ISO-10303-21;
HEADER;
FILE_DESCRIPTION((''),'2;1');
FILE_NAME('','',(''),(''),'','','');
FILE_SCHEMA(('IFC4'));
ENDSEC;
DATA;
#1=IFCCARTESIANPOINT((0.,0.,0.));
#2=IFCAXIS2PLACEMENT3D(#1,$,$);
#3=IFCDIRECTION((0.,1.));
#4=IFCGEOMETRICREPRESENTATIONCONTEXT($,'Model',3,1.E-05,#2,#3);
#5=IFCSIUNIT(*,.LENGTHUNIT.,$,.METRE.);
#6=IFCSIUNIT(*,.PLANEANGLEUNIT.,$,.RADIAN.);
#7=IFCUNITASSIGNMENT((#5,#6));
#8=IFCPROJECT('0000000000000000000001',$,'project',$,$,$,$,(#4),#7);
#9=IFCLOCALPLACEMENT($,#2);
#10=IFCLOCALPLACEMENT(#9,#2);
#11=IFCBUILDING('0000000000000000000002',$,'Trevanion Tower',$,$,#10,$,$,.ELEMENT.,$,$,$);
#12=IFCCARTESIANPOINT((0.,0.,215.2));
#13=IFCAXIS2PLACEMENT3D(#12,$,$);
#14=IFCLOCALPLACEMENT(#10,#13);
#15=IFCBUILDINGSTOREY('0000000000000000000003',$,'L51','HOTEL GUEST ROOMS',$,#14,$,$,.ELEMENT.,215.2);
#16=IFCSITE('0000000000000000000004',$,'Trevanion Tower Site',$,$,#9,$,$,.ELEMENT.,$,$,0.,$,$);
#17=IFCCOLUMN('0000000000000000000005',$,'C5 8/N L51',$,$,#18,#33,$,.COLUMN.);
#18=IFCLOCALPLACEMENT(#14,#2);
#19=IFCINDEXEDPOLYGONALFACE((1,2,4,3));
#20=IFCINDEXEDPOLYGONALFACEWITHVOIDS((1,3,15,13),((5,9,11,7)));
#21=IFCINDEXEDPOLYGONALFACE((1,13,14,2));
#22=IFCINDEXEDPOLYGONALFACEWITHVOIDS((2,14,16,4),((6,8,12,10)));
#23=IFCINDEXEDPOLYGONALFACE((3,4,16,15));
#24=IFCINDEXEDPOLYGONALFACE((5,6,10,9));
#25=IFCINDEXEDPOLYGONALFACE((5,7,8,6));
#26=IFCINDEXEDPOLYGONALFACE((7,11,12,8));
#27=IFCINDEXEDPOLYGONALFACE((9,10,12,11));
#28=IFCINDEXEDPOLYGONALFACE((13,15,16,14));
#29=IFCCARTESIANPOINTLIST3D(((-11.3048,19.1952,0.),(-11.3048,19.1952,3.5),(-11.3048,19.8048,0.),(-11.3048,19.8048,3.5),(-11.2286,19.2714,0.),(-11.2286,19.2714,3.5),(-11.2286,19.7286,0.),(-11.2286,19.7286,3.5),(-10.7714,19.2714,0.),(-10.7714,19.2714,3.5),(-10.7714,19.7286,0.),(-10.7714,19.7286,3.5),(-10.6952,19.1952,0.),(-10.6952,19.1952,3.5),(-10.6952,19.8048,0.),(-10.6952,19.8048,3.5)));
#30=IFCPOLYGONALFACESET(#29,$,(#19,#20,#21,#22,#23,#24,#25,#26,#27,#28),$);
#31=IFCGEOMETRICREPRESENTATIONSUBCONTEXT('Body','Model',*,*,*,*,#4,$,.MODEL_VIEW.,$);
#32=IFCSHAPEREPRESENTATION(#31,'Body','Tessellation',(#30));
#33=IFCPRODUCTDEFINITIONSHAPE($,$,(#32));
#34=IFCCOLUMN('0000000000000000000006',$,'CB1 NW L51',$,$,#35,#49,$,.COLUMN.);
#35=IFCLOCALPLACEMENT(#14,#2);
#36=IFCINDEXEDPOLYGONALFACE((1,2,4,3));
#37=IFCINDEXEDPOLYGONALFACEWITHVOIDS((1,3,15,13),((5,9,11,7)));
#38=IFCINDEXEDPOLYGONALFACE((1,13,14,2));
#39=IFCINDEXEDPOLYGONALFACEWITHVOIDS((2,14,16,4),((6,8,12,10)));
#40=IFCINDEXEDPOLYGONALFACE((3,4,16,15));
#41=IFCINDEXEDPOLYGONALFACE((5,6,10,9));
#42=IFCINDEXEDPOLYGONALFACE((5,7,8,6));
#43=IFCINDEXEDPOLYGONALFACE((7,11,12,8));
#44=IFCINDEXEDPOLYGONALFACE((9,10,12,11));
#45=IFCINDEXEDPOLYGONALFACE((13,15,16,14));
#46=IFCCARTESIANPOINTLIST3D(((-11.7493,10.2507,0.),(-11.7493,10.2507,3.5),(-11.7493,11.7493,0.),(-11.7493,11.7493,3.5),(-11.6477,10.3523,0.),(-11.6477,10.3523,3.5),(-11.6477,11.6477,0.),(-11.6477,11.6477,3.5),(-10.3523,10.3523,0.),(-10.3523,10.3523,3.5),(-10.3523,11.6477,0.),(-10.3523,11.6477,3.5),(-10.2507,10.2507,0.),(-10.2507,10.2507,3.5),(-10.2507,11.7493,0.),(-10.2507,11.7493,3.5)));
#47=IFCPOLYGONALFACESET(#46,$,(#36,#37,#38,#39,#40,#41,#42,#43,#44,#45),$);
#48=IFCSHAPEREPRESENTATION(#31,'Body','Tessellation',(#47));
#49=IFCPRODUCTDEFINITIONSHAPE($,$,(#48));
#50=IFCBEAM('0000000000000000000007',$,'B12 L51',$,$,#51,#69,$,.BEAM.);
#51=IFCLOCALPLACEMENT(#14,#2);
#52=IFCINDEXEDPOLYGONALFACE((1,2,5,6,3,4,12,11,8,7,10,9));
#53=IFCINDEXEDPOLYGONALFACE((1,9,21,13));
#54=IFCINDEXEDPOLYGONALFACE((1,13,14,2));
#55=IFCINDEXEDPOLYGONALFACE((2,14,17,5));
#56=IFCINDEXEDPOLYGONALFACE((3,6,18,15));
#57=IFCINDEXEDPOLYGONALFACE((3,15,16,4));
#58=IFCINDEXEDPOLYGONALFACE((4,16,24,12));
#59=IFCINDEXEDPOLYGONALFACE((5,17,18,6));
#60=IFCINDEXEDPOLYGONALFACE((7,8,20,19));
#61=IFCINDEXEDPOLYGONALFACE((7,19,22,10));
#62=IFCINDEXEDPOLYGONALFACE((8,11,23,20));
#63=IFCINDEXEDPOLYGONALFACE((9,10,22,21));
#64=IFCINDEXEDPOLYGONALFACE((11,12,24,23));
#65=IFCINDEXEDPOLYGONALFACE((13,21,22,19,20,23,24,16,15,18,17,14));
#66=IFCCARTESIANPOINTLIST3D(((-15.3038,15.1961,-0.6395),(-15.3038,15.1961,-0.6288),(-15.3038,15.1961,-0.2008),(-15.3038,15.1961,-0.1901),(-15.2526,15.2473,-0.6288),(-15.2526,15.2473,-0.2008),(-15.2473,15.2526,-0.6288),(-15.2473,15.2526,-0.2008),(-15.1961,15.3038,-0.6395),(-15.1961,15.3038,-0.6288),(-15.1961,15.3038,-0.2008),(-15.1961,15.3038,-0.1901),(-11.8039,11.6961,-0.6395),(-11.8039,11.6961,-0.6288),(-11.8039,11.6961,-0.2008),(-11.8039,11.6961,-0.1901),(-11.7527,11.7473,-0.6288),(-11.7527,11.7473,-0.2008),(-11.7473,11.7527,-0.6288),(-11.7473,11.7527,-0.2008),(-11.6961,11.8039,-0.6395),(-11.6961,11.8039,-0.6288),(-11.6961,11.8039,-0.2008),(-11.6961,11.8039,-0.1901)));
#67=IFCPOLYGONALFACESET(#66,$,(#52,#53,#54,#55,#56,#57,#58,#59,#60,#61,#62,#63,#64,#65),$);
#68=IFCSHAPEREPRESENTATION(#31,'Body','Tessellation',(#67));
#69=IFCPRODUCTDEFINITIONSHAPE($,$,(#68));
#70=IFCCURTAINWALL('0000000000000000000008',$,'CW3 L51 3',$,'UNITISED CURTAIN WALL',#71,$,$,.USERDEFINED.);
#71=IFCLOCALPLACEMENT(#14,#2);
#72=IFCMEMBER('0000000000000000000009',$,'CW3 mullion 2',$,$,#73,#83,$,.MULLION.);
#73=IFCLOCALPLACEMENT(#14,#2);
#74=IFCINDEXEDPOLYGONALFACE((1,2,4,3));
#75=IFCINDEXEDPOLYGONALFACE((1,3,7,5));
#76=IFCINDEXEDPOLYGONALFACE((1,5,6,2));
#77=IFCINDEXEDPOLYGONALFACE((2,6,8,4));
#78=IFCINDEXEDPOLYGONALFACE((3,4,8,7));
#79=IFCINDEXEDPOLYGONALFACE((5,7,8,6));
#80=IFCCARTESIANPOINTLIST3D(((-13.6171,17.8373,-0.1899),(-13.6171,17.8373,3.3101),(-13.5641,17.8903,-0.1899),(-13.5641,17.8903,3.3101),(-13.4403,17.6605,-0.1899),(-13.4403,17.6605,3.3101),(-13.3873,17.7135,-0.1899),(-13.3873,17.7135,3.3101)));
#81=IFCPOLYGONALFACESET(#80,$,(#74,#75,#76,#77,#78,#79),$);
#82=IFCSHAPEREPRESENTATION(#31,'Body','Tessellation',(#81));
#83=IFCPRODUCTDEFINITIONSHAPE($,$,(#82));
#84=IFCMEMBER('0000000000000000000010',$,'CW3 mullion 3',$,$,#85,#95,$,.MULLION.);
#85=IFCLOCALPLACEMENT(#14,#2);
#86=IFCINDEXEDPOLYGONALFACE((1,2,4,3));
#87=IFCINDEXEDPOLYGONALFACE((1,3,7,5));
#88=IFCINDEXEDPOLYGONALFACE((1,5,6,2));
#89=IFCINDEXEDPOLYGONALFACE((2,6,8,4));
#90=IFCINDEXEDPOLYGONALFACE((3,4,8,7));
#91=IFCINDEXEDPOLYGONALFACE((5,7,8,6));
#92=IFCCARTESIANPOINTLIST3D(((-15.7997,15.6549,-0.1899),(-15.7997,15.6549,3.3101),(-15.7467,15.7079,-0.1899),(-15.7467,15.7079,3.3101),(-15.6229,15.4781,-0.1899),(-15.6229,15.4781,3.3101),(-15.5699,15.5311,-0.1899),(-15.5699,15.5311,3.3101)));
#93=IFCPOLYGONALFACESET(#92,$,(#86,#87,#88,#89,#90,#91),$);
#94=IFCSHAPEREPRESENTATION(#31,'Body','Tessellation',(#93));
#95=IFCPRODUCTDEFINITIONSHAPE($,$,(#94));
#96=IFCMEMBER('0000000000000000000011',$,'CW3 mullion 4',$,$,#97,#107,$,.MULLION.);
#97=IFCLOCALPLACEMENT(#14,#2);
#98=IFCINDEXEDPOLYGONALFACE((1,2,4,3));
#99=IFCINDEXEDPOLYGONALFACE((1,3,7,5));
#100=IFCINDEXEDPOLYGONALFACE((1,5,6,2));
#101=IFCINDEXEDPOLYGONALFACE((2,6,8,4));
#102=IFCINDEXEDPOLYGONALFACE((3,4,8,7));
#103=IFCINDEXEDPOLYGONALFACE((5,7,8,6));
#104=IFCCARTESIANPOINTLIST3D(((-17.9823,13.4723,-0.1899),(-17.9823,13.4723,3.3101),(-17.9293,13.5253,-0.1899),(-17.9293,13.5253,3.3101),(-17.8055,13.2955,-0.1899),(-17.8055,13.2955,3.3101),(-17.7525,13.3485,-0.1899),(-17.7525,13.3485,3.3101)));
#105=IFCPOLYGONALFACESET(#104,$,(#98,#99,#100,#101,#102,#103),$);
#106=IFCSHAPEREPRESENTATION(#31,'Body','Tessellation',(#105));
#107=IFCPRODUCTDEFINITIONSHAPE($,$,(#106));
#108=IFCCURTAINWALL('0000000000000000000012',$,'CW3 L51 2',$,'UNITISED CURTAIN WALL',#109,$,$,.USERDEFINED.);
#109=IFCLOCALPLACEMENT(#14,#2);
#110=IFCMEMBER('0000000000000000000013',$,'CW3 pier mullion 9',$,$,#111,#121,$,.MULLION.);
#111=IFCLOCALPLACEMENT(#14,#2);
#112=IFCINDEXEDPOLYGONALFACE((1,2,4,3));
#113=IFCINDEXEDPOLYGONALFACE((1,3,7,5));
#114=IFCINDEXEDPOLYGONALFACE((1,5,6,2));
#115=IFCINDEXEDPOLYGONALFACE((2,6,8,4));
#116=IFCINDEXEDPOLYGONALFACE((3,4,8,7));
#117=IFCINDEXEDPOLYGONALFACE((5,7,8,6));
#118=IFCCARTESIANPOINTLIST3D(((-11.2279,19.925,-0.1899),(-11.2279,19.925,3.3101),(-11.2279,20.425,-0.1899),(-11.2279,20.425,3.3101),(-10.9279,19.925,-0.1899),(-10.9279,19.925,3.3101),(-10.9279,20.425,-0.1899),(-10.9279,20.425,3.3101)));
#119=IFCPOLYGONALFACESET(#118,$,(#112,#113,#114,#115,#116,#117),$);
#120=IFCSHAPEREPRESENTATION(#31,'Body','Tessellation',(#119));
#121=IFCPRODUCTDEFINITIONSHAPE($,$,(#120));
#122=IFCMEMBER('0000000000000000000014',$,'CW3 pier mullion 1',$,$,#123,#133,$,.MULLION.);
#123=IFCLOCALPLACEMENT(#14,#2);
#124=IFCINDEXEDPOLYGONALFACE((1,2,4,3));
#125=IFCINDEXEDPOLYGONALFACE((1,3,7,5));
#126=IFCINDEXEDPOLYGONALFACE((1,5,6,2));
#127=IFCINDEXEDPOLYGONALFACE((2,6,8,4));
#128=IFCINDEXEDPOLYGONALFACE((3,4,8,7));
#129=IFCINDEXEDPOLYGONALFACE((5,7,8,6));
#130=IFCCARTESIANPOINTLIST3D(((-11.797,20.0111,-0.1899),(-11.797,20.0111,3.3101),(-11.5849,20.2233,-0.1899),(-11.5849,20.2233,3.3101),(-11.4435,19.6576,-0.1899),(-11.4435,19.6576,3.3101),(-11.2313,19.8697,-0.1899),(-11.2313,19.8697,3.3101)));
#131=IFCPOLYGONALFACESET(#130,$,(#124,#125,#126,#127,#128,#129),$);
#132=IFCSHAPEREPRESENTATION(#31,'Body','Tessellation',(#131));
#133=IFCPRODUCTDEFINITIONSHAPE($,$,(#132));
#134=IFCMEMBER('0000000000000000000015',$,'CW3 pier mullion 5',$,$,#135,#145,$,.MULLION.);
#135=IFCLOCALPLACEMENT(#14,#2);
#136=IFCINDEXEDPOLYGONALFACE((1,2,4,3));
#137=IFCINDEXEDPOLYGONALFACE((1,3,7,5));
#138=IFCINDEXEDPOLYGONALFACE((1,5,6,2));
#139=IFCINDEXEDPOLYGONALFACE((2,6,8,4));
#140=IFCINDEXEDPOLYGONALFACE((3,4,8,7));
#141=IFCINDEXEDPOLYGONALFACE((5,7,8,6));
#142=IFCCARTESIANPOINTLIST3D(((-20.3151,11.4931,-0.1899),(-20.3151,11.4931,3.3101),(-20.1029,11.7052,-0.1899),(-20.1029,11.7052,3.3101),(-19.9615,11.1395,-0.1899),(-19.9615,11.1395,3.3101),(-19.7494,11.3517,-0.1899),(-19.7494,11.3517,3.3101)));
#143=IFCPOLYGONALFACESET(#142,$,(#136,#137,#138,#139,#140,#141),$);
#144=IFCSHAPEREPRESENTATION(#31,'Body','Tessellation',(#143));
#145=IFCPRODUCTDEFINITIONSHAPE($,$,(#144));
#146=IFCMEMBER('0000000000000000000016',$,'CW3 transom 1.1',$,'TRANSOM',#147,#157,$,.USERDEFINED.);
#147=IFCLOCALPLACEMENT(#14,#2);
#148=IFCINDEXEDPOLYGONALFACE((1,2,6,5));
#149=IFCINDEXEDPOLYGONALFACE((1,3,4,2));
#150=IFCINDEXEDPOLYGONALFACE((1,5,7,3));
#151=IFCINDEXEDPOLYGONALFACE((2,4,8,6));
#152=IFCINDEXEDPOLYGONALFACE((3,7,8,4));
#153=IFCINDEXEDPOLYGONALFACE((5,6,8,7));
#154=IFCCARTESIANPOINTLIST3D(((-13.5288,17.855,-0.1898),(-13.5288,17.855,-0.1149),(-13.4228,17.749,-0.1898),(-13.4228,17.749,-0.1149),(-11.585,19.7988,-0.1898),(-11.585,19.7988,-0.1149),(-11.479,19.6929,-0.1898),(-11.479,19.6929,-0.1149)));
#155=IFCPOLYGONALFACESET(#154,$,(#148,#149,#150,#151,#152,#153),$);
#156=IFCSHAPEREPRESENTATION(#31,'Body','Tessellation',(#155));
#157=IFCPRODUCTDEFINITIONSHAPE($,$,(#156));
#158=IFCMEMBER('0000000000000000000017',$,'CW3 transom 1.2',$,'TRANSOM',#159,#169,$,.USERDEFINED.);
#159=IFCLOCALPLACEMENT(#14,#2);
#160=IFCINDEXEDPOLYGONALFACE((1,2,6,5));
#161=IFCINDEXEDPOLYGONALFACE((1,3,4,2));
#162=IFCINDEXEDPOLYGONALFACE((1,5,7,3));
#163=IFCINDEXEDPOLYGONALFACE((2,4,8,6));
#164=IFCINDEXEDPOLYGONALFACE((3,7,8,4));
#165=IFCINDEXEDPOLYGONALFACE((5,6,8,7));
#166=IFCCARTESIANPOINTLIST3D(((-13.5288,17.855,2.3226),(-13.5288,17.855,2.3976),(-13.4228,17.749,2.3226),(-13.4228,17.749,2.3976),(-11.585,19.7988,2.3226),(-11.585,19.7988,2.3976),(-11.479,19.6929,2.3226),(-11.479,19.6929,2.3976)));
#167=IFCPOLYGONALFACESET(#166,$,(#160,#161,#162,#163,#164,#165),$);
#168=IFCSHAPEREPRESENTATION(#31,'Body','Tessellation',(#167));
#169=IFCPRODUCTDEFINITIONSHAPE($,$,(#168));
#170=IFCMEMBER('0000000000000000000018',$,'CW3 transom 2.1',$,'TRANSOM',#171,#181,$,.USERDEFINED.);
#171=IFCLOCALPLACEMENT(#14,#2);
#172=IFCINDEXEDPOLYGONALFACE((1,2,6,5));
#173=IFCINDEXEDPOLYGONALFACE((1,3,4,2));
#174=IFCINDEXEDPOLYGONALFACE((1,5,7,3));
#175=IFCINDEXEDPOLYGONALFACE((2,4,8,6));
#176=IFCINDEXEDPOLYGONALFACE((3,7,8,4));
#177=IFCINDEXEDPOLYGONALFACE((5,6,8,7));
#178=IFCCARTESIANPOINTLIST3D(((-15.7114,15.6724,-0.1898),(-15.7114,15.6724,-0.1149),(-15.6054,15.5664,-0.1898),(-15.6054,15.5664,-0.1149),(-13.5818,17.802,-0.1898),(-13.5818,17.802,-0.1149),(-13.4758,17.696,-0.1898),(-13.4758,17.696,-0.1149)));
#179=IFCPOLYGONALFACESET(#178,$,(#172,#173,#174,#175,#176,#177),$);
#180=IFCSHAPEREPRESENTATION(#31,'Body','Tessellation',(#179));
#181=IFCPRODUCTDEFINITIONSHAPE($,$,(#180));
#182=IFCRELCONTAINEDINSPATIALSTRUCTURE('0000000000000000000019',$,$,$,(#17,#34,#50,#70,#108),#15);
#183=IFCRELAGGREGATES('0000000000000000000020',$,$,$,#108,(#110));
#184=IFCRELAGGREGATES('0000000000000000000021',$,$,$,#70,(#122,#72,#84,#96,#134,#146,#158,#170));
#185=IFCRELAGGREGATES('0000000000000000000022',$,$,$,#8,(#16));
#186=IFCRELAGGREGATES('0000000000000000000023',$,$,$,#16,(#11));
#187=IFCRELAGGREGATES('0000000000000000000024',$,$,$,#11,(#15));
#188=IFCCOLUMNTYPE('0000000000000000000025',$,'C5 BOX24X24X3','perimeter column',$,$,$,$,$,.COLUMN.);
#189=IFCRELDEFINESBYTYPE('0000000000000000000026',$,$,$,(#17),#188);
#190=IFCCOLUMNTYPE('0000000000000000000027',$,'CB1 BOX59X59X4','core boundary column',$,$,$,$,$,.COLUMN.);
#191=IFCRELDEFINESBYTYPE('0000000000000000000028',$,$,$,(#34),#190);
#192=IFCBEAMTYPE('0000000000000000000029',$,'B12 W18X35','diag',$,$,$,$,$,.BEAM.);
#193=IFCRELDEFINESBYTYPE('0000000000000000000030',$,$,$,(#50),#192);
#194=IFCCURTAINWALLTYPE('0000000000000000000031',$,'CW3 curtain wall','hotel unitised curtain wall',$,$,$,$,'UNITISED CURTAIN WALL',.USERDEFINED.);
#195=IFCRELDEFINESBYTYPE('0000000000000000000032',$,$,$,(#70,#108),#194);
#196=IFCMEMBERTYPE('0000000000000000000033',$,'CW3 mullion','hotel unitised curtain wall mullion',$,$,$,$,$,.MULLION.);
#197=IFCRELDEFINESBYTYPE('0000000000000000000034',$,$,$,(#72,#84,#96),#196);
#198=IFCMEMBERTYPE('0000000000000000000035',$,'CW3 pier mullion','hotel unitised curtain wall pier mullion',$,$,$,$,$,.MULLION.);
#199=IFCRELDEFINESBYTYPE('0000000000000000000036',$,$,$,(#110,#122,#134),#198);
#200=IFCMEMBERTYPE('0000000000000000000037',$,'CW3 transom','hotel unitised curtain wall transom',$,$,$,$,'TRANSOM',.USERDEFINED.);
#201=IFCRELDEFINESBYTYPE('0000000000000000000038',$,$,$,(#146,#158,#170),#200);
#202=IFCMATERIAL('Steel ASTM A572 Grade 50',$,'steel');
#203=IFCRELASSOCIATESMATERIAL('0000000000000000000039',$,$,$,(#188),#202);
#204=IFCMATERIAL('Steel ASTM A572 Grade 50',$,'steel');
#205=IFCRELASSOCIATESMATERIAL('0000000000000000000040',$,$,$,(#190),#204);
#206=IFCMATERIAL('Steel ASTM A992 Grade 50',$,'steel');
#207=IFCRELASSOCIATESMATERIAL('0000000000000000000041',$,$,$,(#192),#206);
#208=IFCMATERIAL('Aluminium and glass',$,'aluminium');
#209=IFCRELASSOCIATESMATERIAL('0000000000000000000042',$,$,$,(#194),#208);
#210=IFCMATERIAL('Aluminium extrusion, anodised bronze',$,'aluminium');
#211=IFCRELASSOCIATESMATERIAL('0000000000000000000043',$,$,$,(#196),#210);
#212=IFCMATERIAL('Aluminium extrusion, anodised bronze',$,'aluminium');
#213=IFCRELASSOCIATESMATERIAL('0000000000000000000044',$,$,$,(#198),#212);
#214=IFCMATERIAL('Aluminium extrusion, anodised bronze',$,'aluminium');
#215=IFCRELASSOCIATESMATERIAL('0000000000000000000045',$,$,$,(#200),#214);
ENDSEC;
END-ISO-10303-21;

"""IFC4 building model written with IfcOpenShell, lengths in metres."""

from ifc_helpers import new_model, si_unit, direction, frame, origin, origin_2d, place, context, subcontext, project, spatial, rectangle, hollow_rectangle, i_section, extrude, material, material_profile, profile_set, type_object, element, aggregate, save


model = new_model("IFC4")

# Units and contexts
model_context = context("Model", 3, precision=1e-05, world=origin(), true_north=direction((0.0, 1.0)))
body_context = subcontext(model_context, "Body", "Model", "MODEL_VIEW")
ifc_project = project(units=[si_unit("LENGTHUNIT", "METRE"), si_unit("PLANEANGLEUNIT", "RADIAN")], contexts=[model_context])

# Site, building, storey
site_placement = place(None, origin())
site = spatial("IfcSite", under=ifc_project, at=site_placement, Name="Trevanion Tower Site", CompositionType="ELEMENT", RefElevation=0.0)
building_placement = place(site_placement, origin())
building = spatial("IfcBuilding", under=site, at=building_placement, Name="Trevanion Tower", CompositionType="ELEMENT")
storey_placement = place(building_placement, frame((0.0, 0.0, 215.2)))
storey = spatial("IfcBuildingStorey", under=building, at=storey_placement, Name="L51", Description="HOTEL GUEST ROOMS", CompositionType="ELEMENT", Elevation=215.2)

# Columns
ifc_material_1 = material(Name="Steel ASTM A572 Grade 50", Category="steel")
ifc_material_profile_1 = material_profile(ifc_material_1, hollow_rectangle(XDim=0.6096, YDim=0.6096, WallThickness=0.0762, at=origin_2d()), Name="BOX24X24X3")
ifc_profile_set_1 = profile_set([ifc_material_profile_1], Name="Steel ASTM A572 Grade 50")
column_type_1 = type_object("IfcColumnType", Name="C5 BOX24X24X3", Description="perimeter column", PredefinedType="COLUMN", material=ifc_profile_set_1)
column_1_placement = place(storey_placement, frame((-11.0, 19.5, 0.0), z_axis=(0.0, 0.0, 1.0), x_axis=(1.0, 0.0, 0.0)))
element("IfcColumn", 1, at=column_1_placement, inside=storey, type_object=column_type_1, Name="C5 8/N L51", PredefinedType="COLUMN", context=body_context, shape_type="SweptSolid", body=[
    extrude(hollow_rectangle(XDim=0.6096, YDim=0.6096, WallThickness=0.0762, at=origin_2d()), origin(), (0.0, 0.0, 1.0), 3.5),
])
ifc_material_2 = material(Name="Steel ASTM A572 Grade 50", Category="steel")
ifc_material_profile_2 = material_profile(ifc_material_2, hollow_rectangle(XDim=1.4985, YDim=1.4985, WallThickness=0.1016, at=origin_2d()), Name="BOX59X59X4")
ifc_profile_set_2 = profile_set([ifc_material_profile_2], Name="Steel ASTM A572 Grade 50")
column_type_2 = type_object("IfcColumnType", Name="CB1 BOX59X59X4", Description="core boundary column", PredefinedType="COLUMN", material=ifc_profile_set_2)
column_2_placement = place(storey_placement, frame((-11.0, 11.0, 0.0), z_axis=(0.0, 0.0, 1.0), x_axis=(1.0, 0.0, 0.0)))
element("IfcColumn", 2, at=column_2_placement, inside=storey, type_object=column_type_2, Name="CB1 NW L51", PredefinedType="COLUMN", context=body_context, shape_type="SweptSolid", body=[
    extrude(hollow_rectangle(XDim=1.4985, YDim=1.4985, WallThickness=0.1016, at=origin_2d()), origin(), (0.0, 0.0, 1.0), 3.5),
])

# Beam
ifc_material_3 = material(Name="Steel ASTM A992 Grade 50", Category="steel")
ifc_material_profile_3 = material_profile(ifc_material_3, i_section(OverallWidth=0.1523, OverallDepth=0.4495, WebThickness=0.0076, FlangeThickness=0.0107, at=origin_2d()), Name="W18X35")
ifc_profile_set_3 = profile_set([ifc_material_profile_3], Name="Steel ASTM A992 Grade 50")
beam_type_1 = type_object("IfcBeamType", Name="B12 W18X35", Description="diag", PredefinedType="BEAM", material=ifc_profile_set_3)
beam_1_placement = place(storey_placement, frame((-11.75, 11.75, -0.4148), z_axis=(-0.707107, 0.707107, 0.0), x_axis=(-0.707107, -0.707107, 0.0)))
element("IfcBeam", 3, at=beam_1_placement, inside=storey, type_object=beam_type_1, Name="B12 L51", PredefinedType="BEAM", context=body_context, shape_type="SweptSolid", body=[
    extrude(i_section(OverallWidth=0.1523, OverallDepth=0.4495, WebThickness=0.0076, FlangeThickness=0.0107, at=origin_2d()), origin(), (0.0, 0.0, 1.0), 4.9497),
])

# Curtain wall, members
ifc_material_4 = material(Name="Aluminium and glass", Category="aluminium")
curtain_wall_type = type_object("IfcCurtainWallType", Name="CW3 curtain wall", Description="hotel unitised curtain wall", ElementType="UNITISED CURTAIN WALL", PredefinedType="USERDEFINED", material=ifc_material_4)
curtain_wall_1_placement = place(storey_placement, origin())
curtain_wall_1 = element("IfcCurtainWall", 4, at=curtain_wall_1_placement, inside=storey, type_object=curtain_wall_type, Name="CW3 L51 3", ObjectType="UNITISED CURTAIN WALL", PredefinedType="USERDEFINED")
ifc_material_5 = material(Name="Aluminium extrusion, anodised bronze", Category="aluminium")
ifc_material_profile_4 = material_profile(ifc_material_5, rectangle(XDim=0.075, YDim=0.25, at=origin_2d()), Name="CW3 mullion")
ifc_profile_set_4 = profile_set([ifc_material_profile_4], Name="Aluminium extrusion, anodised bronze")
member_type_1 = type_object("IfcMemberType", Name="CW3 mullion", Description="hotel unitised curtain wall mullion", PredefinedType="MULLION", material=ifc_profile_set_4)
member_1_placement = place(storey_placement, frame((-13.5022, 17.7754, -0.1899), z_axis=(0.0, 0.0, 1.0), x_axis=(-0.707107, -0.707107, 0.0)))
member_1 = element("IfcMember", 5, at=member_1_placement, type_object=member_type_1, Name="CW3 mullion 2", PredefinedType="MULLION", context=body_context, shape_type="SweptSolid", body=[
    extrude(rectangle(XDim=0.075, YDim=0.25, at=origin_2d()), origin(), (0.0, 0.0, 1.0), 3.5),
])
member_2_placement = place(storey_placement, frame((-15.6848, 15.593, -0.1899), z_axis=(0.0, 0.0, 1.0), x_axis=(-0.707107, -0.707107, 0.0)))
member_2 = element("IfcMember", 6, at=member_2_placement, type_object=member_type_1, Name="CW3 mullion 3", PredefinedType="MULLION", context=body_context, shape_type="SweptSolid", body=[
    extrude(rectangle(XDim=0.075, YDim=0.25, at=origin_2d()), origin(), (0.0, 0.0, 1.0), 3.5),
])
member_3_placement = place(storey_placement, frame((-17.8674, 13.4104, -0.1899), z_axis=(0.0, 0.0, 1.0), x_axis=(-0.707107, -0.707107, 0.0)))
member_3 = element("IfcMember", 7, at=member_3_placement, type_object=member_type_1, Name="CW3 mullion 4", PredefinedType="MULLION", context=body_context, shape_type="SweptSolid", body=[
    extrude(rectangle(XDim=0.075, YDim=0.25, at=origin_2d()), origin(), (0.0, 0.0, 1.0), 3.5),
])

# Curtain wall, member
curtain_wall_2_placement = place(storey_placement, origin())
curtain_wall_2 = element("IfcCurtainWall", 8, at=curtain_wall_2_placement, inside=storey, type_object=curtain_wall_type, Name="CW3 L51 2", ObjectType="UNITISED CURTAIN WALL", PredefinedType="USERDEFINED")
ifc_material_6 = material(Name="Aluminium extrusion, anodised bronze", Category="aluminium")
ifc_material_profile_5 = material_profile(ifc_material_6, rectangle(XDim=0.3, YDim=0.5, at=origin_2d()), Name="CW3 pier mullion")
ifc_profile_set_5 = profile_set([ifc_material_profile_5], Name="Aluminium extrusion, anodised bronze")
member_type_2 = type_object("IfcMemberType", Name="CW3 pier mullion", Description="hotel unitised curtain wall pier mullion", PredefinedType="MULLION", material=ifc_profile_set_5)
member_4_placement = place(storey_placement, frame((-11.0779, 20.175, -0.1899), z_axis=(0.0, 0.0, 1.0), x_axis=(-1.0, 0.0, 0.0)))
member_4 = element("IfcMember", 9, at=member_4_placement, type_object=member_type_2, Name="CW3 pier mullion 9", PredefinedType="MULLION", context=body_context, shape_type="SweptSolid", body=[
    extrude(rectangle(XDim=0.3, YDim=0.5, at=origin_2d()), origin(), (0.0, 0.0, 1.0), 3.5),
])
aggregate(curtain_wall_2, [member_4])

# Members
member_5_placement = place(storey_placement, frame((-11.5142, 19.9404, -0.1899), z_axis=(0.0, 0.0, 1.0), x_axis=(-0.707107, -0.707107, 0.0)))
member_5 = element("IfcMember", 10, at=member_5_placement, type_object=member_type_2, Name="CW3 pier mullion 1", PredefinedType="MULLION", context=body_context, shape_type="SweptSolid", body=[
    extrude(rectangle(XDim=0.3, YDim=0.5, at=origin_2d()), origin(), (0.0, 0.0, 1.0), 3.5),
])
member_6_placement = place(storey_placement, frame((-20.0322, 11.4224, -0.1899), z_axis=(0.0, 0.0, 1.0), x_axis=(-0.707107, -0.707107, 0.0)))
member_6 = element("IfcMember", 11, at=member_6_placement, type_object=member_type_2, Name="CW3 pier mullion 5", PredefinedType="MULLION", context=body_context, shape_type="SweptSolid", body=[
    extrude(rectangle(XDim=0.3, YDim=0.5, at=origin_2d()), origin(), (0.0, 0.0, 1.0), 3.5),
])
ifc_material_7 = material(Name="Aluminium extrusion, anodised bronze", Category="aluminium")
ifc_material_profile_6 = material_profile(ifc_material_7, rectangle(XDim=0.1499, YDim=0.075, at=origin_2d()), Name="CW3 transom")
ifc_profile_set_6 = profile_set([ifc_material_profile_6], Name="Aluminium extrusion, anodised bronze")
member_type_3 = type_object("IfcMemberType", Name="CW3 transom", Description="hotel unitised curtain wall transom", ElementType="TRANSOM", PredefinedType="USERDEFINED", material=ifc_profile_set_6)
member_7_placement = place(storey_placement, frame((-11.532, 19.7458, -0.1523), z_axis=(-0.707107, -0.707107, 0.0), x_axis=(0.707107, -0.707107, 0.0)))
member_7 = element("IfcMember", 12, at=member_7_placement, type_object=member_type_3, Name="CW3 transom 1.1", ObjectType="TRANSOM", PredefinedType="USERDEFINED", context=body_context, shape_type="SweptSolid", body=[
    extrude(rectangle(XDim=0.1499, YDim=0.075, at=origin_2d()), origin(), (0.0, 0.0, 1.0), 2.749),
])
member_8_placement = place(storey_placement, frame((-11.532, 19.7458, 2.3601), z_axis=(-0.707107, -0.707107, 0.0), x_axis=(0.707107, -0.707107, 0.0)))
member_8 = element("IfcMember", 13, at=member_8_placement, type_object=member_type_3, Name="CW3 transom 1.2", ObjectType="TRANSOM", PredefinedType="USERDEFINED", context=body_context, shape_type="SweptSolid", body=[
    extrude(rectangle(XDim=0.1499, YDim=0.075, at=origin_2d()), origin(), (0.0, 0.0, 1.0), 2.749),
])
member_9_placement = place(storey_placement, frame((-13.5288, 17.749, -0.1523), z_axis=(-0.707107, -0.707107, 0.0), x_axis=(0.707107, -0.707107, 0.0)))
member_9 = element("IfcMember", 14, at=member_9_placement, type_object=member_type_3, Name="CW3 transom 2.1", ObjectType="TRANSOM", PredefinedType="USERDEFINED", context=body_context, shape_type="SweptSolid", body=[
    extrude(rectangle(XDim=0.1499, YDim=0.075, at=origin_2d()), origin(), (0.0, 0.0, 1.0), 3.0117),
])

aggregate(curtain_wall_1, [member_5, member_1, member_2, member_3, member_6, member_7, member_8, member_9])

save(model, "model.ifc")
